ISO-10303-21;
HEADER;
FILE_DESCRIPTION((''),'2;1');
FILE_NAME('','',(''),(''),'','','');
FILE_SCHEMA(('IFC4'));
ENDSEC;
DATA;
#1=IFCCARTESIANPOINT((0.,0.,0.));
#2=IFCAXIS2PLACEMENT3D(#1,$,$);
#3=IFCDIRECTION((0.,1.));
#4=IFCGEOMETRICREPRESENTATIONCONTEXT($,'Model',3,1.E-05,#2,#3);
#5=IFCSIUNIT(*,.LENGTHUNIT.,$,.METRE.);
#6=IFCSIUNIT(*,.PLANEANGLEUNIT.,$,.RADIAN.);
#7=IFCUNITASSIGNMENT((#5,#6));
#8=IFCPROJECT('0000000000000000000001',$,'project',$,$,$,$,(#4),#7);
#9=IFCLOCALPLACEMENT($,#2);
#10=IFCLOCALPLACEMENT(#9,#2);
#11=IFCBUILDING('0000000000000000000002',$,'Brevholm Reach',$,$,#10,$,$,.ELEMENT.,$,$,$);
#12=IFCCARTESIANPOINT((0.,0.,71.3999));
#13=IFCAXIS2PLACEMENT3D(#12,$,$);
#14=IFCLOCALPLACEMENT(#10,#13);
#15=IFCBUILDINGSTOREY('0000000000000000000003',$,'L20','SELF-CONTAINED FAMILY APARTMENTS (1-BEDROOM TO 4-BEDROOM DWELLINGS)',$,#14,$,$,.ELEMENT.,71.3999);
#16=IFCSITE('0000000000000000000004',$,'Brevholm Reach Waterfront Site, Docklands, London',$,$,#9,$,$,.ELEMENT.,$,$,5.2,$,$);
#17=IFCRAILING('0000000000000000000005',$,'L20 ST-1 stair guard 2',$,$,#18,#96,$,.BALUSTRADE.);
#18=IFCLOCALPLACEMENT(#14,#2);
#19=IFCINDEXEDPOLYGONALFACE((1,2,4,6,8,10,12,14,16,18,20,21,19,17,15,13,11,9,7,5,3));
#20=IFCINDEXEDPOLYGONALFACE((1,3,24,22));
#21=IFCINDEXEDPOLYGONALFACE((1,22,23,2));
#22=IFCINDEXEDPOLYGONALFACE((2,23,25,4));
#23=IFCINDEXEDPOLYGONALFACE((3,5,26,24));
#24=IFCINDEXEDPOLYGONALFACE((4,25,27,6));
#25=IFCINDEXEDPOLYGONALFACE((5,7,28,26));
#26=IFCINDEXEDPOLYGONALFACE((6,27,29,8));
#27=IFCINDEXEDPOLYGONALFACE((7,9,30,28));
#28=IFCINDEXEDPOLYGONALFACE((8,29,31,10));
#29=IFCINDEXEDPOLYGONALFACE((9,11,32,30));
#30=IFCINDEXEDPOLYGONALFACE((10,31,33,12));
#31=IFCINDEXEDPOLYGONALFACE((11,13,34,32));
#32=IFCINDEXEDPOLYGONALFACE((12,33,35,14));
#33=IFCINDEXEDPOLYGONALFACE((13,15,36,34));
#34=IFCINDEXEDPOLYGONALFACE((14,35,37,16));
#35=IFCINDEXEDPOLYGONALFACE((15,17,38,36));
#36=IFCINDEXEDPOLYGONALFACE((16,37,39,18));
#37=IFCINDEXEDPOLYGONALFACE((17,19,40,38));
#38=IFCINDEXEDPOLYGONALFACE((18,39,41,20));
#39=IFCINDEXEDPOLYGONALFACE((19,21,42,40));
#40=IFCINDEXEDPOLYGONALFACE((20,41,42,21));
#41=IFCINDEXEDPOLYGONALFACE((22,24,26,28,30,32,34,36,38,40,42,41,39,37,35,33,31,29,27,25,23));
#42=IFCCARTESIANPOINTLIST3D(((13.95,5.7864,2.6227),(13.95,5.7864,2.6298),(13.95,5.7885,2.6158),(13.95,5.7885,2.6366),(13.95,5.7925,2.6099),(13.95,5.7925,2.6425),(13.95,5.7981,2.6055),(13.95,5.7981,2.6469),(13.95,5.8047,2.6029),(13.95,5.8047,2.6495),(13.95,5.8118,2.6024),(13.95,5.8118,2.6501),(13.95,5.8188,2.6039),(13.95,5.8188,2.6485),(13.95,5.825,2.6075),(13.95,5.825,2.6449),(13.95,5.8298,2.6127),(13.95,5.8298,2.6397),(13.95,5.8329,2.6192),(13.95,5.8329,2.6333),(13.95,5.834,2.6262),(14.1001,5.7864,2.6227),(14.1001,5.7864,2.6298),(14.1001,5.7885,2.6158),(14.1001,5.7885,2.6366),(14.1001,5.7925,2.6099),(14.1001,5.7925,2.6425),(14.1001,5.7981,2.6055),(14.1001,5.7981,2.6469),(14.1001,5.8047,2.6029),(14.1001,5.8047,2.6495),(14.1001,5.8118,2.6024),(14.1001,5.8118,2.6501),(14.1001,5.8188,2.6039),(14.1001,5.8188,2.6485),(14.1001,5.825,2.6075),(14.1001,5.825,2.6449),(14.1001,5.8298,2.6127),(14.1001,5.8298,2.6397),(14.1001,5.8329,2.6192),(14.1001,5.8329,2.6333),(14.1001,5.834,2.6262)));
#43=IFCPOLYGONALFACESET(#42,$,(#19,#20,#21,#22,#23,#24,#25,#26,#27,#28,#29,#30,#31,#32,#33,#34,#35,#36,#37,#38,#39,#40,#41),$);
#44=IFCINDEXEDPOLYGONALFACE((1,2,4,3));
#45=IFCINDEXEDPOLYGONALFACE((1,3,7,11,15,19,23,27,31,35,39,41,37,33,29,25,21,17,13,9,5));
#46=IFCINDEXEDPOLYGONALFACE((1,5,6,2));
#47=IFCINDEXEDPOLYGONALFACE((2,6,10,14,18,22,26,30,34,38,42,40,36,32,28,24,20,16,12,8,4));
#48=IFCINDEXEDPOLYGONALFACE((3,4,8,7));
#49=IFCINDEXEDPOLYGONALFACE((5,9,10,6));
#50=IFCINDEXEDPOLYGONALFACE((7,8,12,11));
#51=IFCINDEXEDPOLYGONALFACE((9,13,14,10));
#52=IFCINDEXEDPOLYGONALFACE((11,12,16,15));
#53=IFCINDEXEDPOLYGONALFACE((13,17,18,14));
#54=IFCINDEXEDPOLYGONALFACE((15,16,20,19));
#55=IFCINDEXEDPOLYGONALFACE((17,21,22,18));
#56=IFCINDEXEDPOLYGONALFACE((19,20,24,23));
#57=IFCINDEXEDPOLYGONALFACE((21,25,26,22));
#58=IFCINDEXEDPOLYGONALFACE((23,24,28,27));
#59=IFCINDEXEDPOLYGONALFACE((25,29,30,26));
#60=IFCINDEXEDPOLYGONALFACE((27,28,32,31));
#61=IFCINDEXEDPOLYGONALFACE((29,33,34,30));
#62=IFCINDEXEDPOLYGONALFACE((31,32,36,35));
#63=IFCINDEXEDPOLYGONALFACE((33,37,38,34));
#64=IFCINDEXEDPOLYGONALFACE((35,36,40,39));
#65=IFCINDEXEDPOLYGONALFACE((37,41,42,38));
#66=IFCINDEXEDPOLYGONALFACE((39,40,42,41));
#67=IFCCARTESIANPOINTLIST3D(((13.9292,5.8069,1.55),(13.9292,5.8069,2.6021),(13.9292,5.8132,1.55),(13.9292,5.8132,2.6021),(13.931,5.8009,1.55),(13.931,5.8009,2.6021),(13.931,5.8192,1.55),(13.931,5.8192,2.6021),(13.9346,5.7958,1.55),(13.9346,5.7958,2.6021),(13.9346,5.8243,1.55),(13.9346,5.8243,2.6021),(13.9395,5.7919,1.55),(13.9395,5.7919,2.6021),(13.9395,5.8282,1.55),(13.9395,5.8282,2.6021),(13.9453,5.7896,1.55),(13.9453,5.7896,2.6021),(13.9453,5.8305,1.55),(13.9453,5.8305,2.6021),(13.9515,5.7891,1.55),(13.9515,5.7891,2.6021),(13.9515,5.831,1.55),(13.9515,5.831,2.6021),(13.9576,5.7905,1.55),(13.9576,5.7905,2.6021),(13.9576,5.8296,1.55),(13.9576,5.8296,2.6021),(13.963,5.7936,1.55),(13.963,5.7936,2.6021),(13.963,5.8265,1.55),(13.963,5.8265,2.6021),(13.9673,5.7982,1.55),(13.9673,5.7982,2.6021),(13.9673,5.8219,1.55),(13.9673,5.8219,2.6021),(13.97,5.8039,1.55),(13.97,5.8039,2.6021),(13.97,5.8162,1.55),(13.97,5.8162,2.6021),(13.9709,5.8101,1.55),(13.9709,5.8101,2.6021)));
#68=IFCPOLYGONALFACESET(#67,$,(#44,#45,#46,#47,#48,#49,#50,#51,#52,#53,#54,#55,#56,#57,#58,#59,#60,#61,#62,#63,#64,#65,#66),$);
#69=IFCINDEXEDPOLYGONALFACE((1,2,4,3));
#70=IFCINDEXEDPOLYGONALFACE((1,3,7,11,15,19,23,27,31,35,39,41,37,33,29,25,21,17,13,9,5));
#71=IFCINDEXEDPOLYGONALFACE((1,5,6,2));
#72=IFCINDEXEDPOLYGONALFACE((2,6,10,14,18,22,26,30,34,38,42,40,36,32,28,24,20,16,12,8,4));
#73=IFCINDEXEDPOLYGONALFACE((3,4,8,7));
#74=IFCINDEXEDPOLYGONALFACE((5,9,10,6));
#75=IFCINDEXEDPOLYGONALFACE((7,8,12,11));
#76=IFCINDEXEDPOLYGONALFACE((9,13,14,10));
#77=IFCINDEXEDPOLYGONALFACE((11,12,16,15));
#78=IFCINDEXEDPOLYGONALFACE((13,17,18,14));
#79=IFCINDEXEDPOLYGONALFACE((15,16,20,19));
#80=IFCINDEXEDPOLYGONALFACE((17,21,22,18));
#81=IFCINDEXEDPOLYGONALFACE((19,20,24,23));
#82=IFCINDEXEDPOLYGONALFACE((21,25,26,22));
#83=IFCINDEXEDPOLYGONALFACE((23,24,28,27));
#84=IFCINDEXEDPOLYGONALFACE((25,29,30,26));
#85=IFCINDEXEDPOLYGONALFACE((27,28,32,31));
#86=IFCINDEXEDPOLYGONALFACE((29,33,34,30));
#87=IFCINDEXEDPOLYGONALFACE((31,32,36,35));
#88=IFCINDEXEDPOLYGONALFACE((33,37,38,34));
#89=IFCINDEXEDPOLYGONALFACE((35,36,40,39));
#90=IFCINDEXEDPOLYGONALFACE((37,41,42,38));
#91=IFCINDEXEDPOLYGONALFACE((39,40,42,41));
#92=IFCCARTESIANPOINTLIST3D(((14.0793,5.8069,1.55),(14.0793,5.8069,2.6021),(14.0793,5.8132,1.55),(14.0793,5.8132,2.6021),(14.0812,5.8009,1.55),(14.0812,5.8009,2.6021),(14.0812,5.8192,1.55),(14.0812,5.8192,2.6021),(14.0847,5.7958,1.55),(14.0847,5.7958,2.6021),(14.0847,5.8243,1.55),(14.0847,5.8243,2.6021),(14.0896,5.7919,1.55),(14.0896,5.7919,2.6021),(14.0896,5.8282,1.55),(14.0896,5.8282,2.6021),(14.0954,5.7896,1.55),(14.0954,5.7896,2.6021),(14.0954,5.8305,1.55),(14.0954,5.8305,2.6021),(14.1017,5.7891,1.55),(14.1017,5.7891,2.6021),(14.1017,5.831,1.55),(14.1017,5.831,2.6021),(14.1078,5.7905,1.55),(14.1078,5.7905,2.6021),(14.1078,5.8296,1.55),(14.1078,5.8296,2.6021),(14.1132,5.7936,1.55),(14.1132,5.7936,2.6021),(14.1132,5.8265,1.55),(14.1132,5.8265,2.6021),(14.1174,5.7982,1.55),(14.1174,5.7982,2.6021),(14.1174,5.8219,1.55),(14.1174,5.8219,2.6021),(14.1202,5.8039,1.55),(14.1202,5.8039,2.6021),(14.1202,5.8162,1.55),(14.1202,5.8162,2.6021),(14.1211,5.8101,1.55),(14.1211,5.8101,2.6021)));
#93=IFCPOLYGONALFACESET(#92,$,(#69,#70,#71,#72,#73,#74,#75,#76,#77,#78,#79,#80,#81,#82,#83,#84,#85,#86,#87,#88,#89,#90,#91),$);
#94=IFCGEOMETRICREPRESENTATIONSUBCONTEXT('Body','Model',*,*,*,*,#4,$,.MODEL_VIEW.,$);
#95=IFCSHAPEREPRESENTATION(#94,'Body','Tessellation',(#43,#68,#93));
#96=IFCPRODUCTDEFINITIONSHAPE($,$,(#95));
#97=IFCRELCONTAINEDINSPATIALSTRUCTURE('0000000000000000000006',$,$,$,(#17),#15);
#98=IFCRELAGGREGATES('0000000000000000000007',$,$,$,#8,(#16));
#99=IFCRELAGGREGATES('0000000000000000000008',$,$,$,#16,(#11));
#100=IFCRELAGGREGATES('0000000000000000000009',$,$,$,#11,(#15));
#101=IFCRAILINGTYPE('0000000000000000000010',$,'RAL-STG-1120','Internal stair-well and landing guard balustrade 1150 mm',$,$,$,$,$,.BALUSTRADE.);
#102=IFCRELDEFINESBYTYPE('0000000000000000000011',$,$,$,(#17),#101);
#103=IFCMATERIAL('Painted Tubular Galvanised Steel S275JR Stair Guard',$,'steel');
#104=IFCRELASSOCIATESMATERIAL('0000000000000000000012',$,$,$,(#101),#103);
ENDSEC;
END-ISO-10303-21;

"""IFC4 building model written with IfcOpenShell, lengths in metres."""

from ifc_helpers import new_model, si_unit, direction, frame, origin, origin_2d, place, context, subcontext, project, spatial, circle, extrude, material, type_object, element, save


model = new_model("IFC4")

# Units and contexts
model_context = context("Model", 3, precision=1e-05, world=origin(), true_north=direction((0.0, 1.0)))
body_context = subcontext(model_context, "Body", "Model", "MODEL_VIEW")
ifc_project = project(units=[si_unit("LENGTHUNIT", "METRE"), si_unit("PLANEANGLEUNIT", "RADIAN")], contexts=[model_context])

# Site, building, storey
site_placement = place(None, origin())
site = spatial("IfcSite", under=ifc_project, at=site_placement, Name="Brevholm Reach Waterfront Site, Docklands, London", CompositionType="ELEMENT", RefElevation=5.2)
building_placement = place(site_placement, origin())
building = spatial("IfcBuilding", under=site, at=building_placement, Name="Brevholm Reach", CompositionType="ELEMENT")
storey_placement = place(building_placement, frame((0.0, 0.0, 71.3999)))
storey = spatial("IfcBuildingStorey", under=building, at=storey_placement, Name="L20", Description="SELF-CONTAINED FAMILY APARTMENTS (1-BEDROOM TO 4-BEDROOM DWELLINGS)", CompositionType="ELEMENT", Elevation=71.3999)

# Railing
ifc_material_1 = material(Name="Painted Tubular Galvanised Steel S275JR Stair Guard", Category="steel")
railing_type_1 = type_object("IfcRailingType", Name="RAL-STG-1120", Description="Internal stair-well and landing guard balustrade 1150 mm", PredefinedType="BALUSTRADE", material=ifc_material_1)
railing_1_placement = place(storey_placement, frame((13.95, 5.8101, 1.55)))
element("IfcRailing", 1, at=railing_1_placement, inside=storey, type_object=railing_type_1, Name="L20 ST-1 stair guard 2", PredefinedType="BALUSTRADE", context=body_context, shape_type="SweptSolid", body=[
    extrude(circle(Radius=0.0239, at=origin_2d()), frame((0.0, 0.0, 1.0762), z_axis=(1.0, 0.0, 0.0), x_axis=(0.0, 1.0, 0.0)), (0.0, 0.0, 1.0), 0.1501),
    extrude(circle(Radius=0.021, at=origin_2d()), origin(), (0.0, 0.0, 1.0), 1.052),
    extrude(circle(Radius=0.021, at=origin_2d()), frame((0.1501, 0.0, 0.0)), (0.0, 0.0, 1.0), 1.052),
])

save(model, "model.ifc")
